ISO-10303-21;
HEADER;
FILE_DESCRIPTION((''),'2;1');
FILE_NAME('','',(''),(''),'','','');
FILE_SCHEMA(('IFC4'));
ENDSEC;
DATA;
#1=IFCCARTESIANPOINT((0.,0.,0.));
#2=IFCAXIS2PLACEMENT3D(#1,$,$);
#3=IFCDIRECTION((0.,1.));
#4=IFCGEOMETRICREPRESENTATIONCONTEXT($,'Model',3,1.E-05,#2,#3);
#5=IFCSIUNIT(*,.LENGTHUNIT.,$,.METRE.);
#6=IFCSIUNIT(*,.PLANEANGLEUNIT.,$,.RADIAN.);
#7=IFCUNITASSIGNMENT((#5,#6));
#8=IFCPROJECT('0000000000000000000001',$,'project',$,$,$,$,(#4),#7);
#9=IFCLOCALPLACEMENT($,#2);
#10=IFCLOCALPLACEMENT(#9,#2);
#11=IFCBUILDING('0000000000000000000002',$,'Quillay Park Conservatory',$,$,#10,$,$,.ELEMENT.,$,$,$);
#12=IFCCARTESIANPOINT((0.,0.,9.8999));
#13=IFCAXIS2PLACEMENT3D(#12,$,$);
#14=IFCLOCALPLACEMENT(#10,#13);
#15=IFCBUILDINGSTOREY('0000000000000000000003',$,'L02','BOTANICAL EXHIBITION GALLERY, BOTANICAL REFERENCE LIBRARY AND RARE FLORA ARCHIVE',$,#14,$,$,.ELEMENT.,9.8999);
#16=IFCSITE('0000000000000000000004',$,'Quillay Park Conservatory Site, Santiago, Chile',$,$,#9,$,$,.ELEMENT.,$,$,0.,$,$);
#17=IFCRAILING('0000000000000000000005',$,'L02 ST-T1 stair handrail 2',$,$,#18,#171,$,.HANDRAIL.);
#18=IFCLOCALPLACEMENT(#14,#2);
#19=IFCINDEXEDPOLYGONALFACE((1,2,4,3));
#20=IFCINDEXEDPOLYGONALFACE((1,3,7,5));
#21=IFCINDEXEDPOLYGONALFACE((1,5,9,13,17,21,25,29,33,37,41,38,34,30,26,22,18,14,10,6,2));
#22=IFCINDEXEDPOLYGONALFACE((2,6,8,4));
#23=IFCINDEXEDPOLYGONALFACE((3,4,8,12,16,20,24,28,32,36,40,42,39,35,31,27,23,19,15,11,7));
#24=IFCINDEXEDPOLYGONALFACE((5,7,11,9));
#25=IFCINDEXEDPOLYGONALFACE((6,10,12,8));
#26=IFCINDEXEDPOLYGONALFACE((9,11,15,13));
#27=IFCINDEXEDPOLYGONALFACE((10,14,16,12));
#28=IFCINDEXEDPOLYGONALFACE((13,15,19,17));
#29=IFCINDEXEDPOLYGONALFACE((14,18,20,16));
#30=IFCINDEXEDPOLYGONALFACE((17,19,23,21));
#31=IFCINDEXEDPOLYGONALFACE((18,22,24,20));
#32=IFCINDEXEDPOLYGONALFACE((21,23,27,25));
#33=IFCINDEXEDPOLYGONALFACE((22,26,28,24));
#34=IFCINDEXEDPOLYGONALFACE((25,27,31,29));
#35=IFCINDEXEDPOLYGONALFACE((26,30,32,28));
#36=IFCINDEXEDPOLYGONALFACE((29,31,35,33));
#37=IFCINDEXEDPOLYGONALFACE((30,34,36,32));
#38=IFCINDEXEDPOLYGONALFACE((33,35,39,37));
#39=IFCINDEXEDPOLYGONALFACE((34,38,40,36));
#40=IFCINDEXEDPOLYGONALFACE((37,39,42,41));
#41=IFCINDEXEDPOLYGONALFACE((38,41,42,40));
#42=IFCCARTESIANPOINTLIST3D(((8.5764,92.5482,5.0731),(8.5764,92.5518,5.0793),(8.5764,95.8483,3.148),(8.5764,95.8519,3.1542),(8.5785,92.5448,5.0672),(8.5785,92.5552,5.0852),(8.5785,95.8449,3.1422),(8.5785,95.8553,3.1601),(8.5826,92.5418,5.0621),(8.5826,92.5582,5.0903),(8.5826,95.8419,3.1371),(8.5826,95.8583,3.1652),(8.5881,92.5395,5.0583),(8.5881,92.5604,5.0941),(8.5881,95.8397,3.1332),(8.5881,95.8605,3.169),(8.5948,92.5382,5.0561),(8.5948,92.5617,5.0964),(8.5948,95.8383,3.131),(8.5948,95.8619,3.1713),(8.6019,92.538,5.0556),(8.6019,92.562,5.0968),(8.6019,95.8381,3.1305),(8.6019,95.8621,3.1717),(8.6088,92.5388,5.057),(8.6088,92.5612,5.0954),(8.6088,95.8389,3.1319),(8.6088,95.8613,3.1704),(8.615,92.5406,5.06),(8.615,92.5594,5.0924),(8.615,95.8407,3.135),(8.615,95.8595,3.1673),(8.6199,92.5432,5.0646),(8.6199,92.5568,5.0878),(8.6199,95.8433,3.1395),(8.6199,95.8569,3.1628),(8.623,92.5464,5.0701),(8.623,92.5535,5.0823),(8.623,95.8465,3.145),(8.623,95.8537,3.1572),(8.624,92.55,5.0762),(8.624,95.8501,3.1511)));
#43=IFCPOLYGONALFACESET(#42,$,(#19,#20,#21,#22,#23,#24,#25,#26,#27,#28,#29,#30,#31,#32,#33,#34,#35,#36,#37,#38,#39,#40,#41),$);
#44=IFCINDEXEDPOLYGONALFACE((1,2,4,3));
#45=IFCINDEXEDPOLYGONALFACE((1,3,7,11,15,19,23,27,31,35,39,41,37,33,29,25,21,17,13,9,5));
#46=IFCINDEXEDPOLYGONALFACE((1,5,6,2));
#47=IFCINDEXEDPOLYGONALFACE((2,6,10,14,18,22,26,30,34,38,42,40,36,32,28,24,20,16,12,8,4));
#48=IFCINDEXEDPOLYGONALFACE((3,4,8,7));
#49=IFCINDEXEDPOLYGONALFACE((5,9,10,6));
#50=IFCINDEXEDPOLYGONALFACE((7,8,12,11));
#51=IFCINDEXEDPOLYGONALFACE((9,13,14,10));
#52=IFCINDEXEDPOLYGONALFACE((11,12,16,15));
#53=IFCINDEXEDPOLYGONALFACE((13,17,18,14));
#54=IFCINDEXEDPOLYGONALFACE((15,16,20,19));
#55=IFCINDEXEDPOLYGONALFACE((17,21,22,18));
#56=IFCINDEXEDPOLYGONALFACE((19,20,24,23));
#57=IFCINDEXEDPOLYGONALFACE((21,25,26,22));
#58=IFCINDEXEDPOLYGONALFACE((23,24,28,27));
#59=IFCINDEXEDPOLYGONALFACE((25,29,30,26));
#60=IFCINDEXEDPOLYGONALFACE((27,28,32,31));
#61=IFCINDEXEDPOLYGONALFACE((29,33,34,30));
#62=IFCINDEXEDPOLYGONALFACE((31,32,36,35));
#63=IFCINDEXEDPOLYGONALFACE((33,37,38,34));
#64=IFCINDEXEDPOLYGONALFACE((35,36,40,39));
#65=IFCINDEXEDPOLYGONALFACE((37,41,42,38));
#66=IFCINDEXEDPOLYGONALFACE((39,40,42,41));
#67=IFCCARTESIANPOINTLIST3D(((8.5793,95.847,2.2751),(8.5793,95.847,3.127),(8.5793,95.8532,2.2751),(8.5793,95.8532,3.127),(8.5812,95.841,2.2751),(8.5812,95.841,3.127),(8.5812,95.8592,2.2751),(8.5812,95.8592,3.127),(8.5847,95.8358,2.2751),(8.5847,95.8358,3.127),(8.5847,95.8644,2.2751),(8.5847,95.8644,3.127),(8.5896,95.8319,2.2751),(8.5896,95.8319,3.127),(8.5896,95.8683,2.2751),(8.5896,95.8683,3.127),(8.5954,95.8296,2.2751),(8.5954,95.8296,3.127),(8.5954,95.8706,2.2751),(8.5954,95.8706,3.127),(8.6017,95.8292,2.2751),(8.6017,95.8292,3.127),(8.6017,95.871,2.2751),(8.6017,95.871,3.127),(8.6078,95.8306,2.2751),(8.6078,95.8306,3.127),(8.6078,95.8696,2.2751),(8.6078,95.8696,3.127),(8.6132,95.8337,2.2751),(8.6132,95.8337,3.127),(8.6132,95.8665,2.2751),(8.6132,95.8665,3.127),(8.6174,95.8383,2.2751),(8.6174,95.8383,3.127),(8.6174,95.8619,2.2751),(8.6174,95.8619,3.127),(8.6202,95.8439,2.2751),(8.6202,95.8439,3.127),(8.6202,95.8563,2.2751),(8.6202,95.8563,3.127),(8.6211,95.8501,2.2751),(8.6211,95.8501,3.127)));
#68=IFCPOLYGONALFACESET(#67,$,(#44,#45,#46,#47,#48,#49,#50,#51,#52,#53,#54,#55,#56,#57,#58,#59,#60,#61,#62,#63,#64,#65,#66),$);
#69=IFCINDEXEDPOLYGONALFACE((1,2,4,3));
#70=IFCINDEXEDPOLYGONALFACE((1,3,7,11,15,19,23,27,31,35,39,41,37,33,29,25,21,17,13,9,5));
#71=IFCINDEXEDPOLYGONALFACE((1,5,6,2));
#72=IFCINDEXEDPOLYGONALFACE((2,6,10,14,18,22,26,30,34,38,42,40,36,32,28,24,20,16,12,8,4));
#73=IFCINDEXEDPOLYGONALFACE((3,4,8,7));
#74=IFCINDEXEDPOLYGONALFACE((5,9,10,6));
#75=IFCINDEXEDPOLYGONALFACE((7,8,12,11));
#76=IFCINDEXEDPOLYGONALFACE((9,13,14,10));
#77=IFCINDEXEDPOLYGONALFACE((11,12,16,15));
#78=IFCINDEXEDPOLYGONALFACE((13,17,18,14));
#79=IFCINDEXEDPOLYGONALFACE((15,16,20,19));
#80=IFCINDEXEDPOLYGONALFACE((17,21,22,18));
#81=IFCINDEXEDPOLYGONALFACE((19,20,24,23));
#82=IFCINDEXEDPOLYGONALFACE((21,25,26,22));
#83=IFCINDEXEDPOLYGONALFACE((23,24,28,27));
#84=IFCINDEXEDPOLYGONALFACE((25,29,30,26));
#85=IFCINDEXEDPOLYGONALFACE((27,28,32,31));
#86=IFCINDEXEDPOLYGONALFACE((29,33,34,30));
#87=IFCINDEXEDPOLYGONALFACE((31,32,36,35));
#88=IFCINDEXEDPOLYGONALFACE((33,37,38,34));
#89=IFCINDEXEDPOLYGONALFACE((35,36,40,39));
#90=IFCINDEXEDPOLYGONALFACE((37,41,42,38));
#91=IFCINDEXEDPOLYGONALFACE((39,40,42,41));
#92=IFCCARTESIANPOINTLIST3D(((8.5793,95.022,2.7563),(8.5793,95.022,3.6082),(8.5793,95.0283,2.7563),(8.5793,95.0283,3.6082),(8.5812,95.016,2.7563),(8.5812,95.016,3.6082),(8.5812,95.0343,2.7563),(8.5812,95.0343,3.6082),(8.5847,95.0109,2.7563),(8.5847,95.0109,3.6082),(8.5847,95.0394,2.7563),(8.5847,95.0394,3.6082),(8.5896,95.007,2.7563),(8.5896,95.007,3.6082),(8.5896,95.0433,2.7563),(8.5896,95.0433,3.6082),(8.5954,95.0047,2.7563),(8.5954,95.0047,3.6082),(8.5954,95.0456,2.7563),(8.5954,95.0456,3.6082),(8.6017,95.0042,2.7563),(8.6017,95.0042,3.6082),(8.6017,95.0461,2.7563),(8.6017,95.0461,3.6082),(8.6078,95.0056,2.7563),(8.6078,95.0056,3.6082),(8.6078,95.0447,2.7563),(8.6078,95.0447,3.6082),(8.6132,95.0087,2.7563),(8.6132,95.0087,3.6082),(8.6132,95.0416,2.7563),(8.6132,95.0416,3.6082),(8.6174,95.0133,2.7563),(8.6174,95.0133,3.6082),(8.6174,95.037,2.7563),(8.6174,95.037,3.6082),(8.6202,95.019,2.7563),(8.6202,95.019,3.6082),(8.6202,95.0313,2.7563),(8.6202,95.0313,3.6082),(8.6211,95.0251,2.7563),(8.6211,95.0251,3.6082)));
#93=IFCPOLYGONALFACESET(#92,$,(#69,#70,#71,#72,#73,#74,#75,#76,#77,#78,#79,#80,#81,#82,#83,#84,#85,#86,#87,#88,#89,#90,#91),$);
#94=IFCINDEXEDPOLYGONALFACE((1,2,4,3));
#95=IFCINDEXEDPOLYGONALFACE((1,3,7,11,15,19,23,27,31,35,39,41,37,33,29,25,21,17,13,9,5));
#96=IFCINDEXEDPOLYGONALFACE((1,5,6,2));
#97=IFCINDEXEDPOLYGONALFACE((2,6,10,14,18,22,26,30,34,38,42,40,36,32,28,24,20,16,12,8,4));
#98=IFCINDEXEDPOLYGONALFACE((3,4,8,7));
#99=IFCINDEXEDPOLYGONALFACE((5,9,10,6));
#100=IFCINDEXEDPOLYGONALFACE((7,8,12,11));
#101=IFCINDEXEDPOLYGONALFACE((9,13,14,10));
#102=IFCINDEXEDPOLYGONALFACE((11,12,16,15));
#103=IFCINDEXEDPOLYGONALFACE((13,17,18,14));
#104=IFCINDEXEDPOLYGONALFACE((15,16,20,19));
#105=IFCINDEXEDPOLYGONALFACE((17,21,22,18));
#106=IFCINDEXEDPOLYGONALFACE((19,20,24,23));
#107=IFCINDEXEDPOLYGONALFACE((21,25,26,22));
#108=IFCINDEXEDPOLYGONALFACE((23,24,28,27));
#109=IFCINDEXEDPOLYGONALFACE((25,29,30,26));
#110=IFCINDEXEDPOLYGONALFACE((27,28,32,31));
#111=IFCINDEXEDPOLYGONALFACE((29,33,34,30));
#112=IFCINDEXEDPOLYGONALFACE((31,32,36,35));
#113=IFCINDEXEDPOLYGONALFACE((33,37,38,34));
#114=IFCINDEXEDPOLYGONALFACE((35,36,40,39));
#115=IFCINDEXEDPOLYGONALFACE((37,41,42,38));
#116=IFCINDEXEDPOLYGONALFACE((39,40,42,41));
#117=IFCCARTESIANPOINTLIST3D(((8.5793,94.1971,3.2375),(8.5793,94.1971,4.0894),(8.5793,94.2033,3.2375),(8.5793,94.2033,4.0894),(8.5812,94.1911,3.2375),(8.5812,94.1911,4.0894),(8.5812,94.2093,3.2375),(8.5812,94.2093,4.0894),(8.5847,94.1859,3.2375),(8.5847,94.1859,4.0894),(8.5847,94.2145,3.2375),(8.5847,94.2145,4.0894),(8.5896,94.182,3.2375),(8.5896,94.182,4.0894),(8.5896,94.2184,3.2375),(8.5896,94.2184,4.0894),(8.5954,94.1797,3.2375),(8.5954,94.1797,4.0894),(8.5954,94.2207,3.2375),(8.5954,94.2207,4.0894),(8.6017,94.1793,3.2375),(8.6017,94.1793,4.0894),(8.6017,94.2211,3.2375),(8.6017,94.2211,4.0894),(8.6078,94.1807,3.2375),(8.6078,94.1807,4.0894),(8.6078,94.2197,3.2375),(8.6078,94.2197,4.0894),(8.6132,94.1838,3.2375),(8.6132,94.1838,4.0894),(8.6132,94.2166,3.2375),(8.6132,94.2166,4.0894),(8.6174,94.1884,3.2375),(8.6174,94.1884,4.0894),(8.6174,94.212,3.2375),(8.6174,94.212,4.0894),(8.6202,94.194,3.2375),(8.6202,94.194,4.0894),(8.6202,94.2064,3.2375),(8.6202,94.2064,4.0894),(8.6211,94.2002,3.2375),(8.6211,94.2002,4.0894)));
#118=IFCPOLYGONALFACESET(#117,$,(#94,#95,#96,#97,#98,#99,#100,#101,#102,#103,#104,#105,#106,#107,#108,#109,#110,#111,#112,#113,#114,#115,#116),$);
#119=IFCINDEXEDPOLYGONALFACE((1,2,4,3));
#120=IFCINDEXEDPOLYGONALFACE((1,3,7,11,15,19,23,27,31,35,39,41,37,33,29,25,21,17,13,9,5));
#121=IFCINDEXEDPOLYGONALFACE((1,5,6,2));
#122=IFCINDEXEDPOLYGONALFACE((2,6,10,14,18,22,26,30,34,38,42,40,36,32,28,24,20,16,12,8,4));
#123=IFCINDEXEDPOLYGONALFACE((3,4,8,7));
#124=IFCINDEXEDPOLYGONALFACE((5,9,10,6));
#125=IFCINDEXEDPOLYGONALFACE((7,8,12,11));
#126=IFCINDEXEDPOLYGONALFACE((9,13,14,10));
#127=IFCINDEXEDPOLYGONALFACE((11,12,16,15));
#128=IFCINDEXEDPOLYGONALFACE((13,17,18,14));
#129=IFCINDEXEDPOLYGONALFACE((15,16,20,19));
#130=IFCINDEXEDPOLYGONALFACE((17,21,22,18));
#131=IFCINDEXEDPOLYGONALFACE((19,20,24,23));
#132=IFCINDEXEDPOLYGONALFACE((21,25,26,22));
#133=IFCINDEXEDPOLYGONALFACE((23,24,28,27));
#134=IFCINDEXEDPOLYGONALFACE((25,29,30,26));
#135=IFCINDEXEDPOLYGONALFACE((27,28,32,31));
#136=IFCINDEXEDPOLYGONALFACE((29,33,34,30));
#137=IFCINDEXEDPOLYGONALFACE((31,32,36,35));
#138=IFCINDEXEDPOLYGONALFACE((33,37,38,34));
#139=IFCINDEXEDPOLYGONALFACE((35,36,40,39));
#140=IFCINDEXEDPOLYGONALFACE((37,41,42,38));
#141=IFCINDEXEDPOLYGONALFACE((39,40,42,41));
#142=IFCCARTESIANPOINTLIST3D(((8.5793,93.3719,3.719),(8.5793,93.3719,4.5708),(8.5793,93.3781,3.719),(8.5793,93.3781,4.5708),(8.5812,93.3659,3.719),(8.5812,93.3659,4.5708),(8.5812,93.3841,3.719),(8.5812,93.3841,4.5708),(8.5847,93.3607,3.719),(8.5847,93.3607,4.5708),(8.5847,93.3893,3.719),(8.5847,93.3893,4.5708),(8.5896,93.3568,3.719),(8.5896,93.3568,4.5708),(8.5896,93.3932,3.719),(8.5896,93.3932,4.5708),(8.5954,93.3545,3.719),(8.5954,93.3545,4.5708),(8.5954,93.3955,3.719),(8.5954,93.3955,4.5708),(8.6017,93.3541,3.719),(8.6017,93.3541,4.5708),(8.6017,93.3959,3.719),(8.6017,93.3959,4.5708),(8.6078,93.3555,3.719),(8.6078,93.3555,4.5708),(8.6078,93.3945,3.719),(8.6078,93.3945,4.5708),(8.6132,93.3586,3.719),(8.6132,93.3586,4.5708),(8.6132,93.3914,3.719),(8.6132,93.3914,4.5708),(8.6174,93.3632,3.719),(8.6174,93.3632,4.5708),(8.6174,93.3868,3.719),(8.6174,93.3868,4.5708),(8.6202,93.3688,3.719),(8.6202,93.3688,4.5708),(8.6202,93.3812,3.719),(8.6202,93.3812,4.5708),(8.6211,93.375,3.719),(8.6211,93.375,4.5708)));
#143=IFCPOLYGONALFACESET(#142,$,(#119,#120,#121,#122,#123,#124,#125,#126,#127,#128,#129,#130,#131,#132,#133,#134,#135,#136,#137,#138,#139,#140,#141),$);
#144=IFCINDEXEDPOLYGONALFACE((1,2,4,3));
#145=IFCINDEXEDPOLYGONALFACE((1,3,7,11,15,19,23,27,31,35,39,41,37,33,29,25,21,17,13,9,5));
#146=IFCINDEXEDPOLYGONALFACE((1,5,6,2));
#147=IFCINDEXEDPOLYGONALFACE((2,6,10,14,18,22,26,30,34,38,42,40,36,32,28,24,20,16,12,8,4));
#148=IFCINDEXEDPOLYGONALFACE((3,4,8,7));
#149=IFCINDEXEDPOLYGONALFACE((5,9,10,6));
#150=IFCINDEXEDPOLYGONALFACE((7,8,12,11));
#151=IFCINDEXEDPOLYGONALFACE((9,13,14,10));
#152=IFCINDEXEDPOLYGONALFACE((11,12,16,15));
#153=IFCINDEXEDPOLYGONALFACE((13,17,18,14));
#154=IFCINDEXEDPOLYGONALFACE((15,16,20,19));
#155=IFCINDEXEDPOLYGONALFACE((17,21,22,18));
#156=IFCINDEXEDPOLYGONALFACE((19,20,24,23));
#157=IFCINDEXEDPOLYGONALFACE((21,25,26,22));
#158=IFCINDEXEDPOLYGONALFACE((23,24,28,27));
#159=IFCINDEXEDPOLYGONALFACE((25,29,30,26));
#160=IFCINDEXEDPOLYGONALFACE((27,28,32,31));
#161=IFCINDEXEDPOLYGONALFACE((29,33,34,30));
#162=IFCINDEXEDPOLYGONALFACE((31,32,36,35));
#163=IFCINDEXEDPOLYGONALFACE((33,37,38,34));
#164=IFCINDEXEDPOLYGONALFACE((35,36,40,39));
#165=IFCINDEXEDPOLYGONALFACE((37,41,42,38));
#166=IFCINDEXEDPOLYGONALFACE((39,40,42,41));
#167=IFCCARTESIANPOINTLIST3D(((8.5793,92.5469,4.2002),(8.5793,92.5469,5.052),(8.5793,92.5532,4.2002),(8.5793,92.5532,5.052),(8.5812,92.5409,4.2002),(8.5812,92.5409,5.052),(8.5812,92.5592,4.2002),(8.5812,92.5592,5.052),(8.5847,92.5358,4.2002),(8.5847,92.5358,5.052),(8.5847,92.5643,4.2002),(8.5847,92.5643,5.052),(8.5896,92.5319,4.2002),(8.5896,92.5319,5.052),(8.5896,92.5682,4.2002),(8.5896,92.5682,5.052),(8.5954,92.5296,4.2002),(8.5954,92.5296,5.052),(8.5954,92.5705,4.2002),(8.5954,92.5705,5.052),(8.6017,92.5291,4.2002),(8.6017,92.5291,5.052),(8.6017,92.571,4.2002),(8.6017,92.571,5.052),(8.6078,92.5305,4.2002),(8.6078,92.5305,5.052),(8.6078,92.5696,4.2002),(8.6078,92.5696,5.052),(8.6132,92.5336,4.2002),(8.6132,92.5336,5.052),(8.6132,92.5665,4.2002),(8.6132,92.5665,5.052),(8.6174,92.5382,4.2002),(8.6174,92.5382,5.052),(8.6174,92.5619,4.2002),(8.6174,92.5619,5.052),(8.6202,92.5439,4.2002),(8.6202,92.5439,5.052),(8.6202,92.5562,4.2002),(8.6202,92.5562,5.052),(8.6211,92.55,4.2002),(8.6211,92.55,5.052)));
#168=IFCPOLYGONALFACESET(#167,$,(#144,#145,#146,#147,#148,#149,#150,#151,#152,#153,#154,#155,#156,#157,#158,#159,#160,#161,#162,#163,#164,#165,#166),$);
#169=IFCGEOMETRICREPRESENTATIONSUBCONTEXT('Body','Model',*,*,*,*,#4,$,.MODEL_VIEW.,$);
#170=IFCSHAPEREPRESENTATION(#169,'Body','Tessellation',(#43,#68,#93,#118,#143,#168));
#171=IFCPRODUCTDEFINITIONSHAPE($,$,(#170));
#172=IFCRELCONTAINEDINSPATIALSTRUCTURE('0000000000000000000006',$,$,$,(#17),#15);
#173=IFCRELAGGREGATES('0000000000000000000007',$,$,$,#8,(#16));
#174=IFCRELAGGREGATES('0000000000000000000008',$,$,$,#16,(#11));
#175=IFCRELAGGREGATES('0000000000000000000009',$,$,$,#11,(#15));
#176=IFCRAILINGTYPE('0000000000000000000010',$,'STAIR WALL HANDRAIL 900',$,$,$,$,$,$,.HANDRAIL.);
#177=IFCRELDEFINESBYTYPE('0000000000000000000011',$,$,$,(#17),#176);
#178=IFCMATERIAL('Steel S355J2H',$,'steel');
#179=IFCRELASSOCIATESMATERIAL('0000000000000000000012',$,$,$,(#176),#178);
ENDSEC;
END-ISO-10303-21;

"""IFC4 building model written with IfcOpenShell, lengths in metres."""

from ifc_helpers import new_model, si_unit, direction, frame, origin, origin_2d, place, context, subcontext, project, spatial, circle, extrude, material, type_object, element, save


model = new_model("IFC4")

# Units and contexts
model_context = context("Model", 3, precision=1e-05, world=origin(), true_north=direction((0.0, 1.0)))
body_context = subcontext(model_context, "Body", "Model", "MODEL_VIEW")
ifc_project = project(units=[si_unit("LENGTHUNIT", "METRE"), si_unit("PLANEANGLEUNIT", "RADIAN")], contexts=[model_context])

# Site, building, storey
site_placement = place(None, origin())
site = spatial("IfcSite", under=ifc_project, at=site_placement, Name="Quillay Park Conservatory Site, Santiago, Chile", CompositionType="ELEMENT", RefElevation=0.0)
building_placement = place(site_placement, origin())
building = spatial("IfcBuilding", under=site, at=building_placement, Name="Quillay Park Conservatory", CompositionType="ELEMENT")
storey_placement = place(building_placement, frame((0.0, 0.0, 9.8999)))
storey = spatial("IfcBuildingStorey", under=building, at=storey_placement, Name="L02", Description="BOTANICAL EXHIBITION GALLERY, BOTANICAL REFERENCE LIBRARY AND RARE FLORA ARCHIVE", CompositionType="ELEMENT", Elevation=9.8999)

# Railing
ifc_material_1 = material(Name="Steel S355J2H", Category="steel")
railing_type_1 = type_object("IfcRailingType", Name="STAIR WALL HANDRAIL 900", PredefinedType="HANDRAIL", material=ifc_material_1)
railing_1_placement = place(storey_placement, frame((8.6001, 95.8501, 2.2751)))
element("IfcRailing", 1, at=railing_1_placement, inside=storey, type_object=railing_type_1, Name="L02 ST-T1 stair handrail 2", PredefinedType="HANDRAIL", context=body_context, shape_type="SweptSolid", body=[
    extrude(circle(Radius=0.0239, at=origin_2d()), frame((0.0, 0.0, 0.876), z_axis=(0.0, -0.863777, 0.503875), x_axis=(1.0, 0.0, 0.0)), (0.0, 0.0, 1.0), 3.8206),
    extrude(circle(Radius=0.021, at=origin_2d()), origin(), (0.0, 0.0, 1.0), 0.8518),
    extrude(circle(Radius=0.021, at=origin_2d()), frame((0.0, -0.825, 0.4812)), (0.0, 0.0, 1.0), 0.8518),
    extrude(circle(Radius=0.021, at=origin_2d()), frame((0.0, -1.6499, 0.9624)), (0.0, 0.0, 1.0), 0.8518),
    extrude(circle(Radius=0.021, at=origin_2d()), frame((0.0, -2.4751, 1.4438)), (0.0, 0.0, 1.0), 0.8518),
    extrude(circle(Radius=0.021, at=origin_2d()), frame((0.0, -3.3, 1.925)), (0.0, 0.0, 1.0), 0.8518),
])

save(model, "model.ifc")
